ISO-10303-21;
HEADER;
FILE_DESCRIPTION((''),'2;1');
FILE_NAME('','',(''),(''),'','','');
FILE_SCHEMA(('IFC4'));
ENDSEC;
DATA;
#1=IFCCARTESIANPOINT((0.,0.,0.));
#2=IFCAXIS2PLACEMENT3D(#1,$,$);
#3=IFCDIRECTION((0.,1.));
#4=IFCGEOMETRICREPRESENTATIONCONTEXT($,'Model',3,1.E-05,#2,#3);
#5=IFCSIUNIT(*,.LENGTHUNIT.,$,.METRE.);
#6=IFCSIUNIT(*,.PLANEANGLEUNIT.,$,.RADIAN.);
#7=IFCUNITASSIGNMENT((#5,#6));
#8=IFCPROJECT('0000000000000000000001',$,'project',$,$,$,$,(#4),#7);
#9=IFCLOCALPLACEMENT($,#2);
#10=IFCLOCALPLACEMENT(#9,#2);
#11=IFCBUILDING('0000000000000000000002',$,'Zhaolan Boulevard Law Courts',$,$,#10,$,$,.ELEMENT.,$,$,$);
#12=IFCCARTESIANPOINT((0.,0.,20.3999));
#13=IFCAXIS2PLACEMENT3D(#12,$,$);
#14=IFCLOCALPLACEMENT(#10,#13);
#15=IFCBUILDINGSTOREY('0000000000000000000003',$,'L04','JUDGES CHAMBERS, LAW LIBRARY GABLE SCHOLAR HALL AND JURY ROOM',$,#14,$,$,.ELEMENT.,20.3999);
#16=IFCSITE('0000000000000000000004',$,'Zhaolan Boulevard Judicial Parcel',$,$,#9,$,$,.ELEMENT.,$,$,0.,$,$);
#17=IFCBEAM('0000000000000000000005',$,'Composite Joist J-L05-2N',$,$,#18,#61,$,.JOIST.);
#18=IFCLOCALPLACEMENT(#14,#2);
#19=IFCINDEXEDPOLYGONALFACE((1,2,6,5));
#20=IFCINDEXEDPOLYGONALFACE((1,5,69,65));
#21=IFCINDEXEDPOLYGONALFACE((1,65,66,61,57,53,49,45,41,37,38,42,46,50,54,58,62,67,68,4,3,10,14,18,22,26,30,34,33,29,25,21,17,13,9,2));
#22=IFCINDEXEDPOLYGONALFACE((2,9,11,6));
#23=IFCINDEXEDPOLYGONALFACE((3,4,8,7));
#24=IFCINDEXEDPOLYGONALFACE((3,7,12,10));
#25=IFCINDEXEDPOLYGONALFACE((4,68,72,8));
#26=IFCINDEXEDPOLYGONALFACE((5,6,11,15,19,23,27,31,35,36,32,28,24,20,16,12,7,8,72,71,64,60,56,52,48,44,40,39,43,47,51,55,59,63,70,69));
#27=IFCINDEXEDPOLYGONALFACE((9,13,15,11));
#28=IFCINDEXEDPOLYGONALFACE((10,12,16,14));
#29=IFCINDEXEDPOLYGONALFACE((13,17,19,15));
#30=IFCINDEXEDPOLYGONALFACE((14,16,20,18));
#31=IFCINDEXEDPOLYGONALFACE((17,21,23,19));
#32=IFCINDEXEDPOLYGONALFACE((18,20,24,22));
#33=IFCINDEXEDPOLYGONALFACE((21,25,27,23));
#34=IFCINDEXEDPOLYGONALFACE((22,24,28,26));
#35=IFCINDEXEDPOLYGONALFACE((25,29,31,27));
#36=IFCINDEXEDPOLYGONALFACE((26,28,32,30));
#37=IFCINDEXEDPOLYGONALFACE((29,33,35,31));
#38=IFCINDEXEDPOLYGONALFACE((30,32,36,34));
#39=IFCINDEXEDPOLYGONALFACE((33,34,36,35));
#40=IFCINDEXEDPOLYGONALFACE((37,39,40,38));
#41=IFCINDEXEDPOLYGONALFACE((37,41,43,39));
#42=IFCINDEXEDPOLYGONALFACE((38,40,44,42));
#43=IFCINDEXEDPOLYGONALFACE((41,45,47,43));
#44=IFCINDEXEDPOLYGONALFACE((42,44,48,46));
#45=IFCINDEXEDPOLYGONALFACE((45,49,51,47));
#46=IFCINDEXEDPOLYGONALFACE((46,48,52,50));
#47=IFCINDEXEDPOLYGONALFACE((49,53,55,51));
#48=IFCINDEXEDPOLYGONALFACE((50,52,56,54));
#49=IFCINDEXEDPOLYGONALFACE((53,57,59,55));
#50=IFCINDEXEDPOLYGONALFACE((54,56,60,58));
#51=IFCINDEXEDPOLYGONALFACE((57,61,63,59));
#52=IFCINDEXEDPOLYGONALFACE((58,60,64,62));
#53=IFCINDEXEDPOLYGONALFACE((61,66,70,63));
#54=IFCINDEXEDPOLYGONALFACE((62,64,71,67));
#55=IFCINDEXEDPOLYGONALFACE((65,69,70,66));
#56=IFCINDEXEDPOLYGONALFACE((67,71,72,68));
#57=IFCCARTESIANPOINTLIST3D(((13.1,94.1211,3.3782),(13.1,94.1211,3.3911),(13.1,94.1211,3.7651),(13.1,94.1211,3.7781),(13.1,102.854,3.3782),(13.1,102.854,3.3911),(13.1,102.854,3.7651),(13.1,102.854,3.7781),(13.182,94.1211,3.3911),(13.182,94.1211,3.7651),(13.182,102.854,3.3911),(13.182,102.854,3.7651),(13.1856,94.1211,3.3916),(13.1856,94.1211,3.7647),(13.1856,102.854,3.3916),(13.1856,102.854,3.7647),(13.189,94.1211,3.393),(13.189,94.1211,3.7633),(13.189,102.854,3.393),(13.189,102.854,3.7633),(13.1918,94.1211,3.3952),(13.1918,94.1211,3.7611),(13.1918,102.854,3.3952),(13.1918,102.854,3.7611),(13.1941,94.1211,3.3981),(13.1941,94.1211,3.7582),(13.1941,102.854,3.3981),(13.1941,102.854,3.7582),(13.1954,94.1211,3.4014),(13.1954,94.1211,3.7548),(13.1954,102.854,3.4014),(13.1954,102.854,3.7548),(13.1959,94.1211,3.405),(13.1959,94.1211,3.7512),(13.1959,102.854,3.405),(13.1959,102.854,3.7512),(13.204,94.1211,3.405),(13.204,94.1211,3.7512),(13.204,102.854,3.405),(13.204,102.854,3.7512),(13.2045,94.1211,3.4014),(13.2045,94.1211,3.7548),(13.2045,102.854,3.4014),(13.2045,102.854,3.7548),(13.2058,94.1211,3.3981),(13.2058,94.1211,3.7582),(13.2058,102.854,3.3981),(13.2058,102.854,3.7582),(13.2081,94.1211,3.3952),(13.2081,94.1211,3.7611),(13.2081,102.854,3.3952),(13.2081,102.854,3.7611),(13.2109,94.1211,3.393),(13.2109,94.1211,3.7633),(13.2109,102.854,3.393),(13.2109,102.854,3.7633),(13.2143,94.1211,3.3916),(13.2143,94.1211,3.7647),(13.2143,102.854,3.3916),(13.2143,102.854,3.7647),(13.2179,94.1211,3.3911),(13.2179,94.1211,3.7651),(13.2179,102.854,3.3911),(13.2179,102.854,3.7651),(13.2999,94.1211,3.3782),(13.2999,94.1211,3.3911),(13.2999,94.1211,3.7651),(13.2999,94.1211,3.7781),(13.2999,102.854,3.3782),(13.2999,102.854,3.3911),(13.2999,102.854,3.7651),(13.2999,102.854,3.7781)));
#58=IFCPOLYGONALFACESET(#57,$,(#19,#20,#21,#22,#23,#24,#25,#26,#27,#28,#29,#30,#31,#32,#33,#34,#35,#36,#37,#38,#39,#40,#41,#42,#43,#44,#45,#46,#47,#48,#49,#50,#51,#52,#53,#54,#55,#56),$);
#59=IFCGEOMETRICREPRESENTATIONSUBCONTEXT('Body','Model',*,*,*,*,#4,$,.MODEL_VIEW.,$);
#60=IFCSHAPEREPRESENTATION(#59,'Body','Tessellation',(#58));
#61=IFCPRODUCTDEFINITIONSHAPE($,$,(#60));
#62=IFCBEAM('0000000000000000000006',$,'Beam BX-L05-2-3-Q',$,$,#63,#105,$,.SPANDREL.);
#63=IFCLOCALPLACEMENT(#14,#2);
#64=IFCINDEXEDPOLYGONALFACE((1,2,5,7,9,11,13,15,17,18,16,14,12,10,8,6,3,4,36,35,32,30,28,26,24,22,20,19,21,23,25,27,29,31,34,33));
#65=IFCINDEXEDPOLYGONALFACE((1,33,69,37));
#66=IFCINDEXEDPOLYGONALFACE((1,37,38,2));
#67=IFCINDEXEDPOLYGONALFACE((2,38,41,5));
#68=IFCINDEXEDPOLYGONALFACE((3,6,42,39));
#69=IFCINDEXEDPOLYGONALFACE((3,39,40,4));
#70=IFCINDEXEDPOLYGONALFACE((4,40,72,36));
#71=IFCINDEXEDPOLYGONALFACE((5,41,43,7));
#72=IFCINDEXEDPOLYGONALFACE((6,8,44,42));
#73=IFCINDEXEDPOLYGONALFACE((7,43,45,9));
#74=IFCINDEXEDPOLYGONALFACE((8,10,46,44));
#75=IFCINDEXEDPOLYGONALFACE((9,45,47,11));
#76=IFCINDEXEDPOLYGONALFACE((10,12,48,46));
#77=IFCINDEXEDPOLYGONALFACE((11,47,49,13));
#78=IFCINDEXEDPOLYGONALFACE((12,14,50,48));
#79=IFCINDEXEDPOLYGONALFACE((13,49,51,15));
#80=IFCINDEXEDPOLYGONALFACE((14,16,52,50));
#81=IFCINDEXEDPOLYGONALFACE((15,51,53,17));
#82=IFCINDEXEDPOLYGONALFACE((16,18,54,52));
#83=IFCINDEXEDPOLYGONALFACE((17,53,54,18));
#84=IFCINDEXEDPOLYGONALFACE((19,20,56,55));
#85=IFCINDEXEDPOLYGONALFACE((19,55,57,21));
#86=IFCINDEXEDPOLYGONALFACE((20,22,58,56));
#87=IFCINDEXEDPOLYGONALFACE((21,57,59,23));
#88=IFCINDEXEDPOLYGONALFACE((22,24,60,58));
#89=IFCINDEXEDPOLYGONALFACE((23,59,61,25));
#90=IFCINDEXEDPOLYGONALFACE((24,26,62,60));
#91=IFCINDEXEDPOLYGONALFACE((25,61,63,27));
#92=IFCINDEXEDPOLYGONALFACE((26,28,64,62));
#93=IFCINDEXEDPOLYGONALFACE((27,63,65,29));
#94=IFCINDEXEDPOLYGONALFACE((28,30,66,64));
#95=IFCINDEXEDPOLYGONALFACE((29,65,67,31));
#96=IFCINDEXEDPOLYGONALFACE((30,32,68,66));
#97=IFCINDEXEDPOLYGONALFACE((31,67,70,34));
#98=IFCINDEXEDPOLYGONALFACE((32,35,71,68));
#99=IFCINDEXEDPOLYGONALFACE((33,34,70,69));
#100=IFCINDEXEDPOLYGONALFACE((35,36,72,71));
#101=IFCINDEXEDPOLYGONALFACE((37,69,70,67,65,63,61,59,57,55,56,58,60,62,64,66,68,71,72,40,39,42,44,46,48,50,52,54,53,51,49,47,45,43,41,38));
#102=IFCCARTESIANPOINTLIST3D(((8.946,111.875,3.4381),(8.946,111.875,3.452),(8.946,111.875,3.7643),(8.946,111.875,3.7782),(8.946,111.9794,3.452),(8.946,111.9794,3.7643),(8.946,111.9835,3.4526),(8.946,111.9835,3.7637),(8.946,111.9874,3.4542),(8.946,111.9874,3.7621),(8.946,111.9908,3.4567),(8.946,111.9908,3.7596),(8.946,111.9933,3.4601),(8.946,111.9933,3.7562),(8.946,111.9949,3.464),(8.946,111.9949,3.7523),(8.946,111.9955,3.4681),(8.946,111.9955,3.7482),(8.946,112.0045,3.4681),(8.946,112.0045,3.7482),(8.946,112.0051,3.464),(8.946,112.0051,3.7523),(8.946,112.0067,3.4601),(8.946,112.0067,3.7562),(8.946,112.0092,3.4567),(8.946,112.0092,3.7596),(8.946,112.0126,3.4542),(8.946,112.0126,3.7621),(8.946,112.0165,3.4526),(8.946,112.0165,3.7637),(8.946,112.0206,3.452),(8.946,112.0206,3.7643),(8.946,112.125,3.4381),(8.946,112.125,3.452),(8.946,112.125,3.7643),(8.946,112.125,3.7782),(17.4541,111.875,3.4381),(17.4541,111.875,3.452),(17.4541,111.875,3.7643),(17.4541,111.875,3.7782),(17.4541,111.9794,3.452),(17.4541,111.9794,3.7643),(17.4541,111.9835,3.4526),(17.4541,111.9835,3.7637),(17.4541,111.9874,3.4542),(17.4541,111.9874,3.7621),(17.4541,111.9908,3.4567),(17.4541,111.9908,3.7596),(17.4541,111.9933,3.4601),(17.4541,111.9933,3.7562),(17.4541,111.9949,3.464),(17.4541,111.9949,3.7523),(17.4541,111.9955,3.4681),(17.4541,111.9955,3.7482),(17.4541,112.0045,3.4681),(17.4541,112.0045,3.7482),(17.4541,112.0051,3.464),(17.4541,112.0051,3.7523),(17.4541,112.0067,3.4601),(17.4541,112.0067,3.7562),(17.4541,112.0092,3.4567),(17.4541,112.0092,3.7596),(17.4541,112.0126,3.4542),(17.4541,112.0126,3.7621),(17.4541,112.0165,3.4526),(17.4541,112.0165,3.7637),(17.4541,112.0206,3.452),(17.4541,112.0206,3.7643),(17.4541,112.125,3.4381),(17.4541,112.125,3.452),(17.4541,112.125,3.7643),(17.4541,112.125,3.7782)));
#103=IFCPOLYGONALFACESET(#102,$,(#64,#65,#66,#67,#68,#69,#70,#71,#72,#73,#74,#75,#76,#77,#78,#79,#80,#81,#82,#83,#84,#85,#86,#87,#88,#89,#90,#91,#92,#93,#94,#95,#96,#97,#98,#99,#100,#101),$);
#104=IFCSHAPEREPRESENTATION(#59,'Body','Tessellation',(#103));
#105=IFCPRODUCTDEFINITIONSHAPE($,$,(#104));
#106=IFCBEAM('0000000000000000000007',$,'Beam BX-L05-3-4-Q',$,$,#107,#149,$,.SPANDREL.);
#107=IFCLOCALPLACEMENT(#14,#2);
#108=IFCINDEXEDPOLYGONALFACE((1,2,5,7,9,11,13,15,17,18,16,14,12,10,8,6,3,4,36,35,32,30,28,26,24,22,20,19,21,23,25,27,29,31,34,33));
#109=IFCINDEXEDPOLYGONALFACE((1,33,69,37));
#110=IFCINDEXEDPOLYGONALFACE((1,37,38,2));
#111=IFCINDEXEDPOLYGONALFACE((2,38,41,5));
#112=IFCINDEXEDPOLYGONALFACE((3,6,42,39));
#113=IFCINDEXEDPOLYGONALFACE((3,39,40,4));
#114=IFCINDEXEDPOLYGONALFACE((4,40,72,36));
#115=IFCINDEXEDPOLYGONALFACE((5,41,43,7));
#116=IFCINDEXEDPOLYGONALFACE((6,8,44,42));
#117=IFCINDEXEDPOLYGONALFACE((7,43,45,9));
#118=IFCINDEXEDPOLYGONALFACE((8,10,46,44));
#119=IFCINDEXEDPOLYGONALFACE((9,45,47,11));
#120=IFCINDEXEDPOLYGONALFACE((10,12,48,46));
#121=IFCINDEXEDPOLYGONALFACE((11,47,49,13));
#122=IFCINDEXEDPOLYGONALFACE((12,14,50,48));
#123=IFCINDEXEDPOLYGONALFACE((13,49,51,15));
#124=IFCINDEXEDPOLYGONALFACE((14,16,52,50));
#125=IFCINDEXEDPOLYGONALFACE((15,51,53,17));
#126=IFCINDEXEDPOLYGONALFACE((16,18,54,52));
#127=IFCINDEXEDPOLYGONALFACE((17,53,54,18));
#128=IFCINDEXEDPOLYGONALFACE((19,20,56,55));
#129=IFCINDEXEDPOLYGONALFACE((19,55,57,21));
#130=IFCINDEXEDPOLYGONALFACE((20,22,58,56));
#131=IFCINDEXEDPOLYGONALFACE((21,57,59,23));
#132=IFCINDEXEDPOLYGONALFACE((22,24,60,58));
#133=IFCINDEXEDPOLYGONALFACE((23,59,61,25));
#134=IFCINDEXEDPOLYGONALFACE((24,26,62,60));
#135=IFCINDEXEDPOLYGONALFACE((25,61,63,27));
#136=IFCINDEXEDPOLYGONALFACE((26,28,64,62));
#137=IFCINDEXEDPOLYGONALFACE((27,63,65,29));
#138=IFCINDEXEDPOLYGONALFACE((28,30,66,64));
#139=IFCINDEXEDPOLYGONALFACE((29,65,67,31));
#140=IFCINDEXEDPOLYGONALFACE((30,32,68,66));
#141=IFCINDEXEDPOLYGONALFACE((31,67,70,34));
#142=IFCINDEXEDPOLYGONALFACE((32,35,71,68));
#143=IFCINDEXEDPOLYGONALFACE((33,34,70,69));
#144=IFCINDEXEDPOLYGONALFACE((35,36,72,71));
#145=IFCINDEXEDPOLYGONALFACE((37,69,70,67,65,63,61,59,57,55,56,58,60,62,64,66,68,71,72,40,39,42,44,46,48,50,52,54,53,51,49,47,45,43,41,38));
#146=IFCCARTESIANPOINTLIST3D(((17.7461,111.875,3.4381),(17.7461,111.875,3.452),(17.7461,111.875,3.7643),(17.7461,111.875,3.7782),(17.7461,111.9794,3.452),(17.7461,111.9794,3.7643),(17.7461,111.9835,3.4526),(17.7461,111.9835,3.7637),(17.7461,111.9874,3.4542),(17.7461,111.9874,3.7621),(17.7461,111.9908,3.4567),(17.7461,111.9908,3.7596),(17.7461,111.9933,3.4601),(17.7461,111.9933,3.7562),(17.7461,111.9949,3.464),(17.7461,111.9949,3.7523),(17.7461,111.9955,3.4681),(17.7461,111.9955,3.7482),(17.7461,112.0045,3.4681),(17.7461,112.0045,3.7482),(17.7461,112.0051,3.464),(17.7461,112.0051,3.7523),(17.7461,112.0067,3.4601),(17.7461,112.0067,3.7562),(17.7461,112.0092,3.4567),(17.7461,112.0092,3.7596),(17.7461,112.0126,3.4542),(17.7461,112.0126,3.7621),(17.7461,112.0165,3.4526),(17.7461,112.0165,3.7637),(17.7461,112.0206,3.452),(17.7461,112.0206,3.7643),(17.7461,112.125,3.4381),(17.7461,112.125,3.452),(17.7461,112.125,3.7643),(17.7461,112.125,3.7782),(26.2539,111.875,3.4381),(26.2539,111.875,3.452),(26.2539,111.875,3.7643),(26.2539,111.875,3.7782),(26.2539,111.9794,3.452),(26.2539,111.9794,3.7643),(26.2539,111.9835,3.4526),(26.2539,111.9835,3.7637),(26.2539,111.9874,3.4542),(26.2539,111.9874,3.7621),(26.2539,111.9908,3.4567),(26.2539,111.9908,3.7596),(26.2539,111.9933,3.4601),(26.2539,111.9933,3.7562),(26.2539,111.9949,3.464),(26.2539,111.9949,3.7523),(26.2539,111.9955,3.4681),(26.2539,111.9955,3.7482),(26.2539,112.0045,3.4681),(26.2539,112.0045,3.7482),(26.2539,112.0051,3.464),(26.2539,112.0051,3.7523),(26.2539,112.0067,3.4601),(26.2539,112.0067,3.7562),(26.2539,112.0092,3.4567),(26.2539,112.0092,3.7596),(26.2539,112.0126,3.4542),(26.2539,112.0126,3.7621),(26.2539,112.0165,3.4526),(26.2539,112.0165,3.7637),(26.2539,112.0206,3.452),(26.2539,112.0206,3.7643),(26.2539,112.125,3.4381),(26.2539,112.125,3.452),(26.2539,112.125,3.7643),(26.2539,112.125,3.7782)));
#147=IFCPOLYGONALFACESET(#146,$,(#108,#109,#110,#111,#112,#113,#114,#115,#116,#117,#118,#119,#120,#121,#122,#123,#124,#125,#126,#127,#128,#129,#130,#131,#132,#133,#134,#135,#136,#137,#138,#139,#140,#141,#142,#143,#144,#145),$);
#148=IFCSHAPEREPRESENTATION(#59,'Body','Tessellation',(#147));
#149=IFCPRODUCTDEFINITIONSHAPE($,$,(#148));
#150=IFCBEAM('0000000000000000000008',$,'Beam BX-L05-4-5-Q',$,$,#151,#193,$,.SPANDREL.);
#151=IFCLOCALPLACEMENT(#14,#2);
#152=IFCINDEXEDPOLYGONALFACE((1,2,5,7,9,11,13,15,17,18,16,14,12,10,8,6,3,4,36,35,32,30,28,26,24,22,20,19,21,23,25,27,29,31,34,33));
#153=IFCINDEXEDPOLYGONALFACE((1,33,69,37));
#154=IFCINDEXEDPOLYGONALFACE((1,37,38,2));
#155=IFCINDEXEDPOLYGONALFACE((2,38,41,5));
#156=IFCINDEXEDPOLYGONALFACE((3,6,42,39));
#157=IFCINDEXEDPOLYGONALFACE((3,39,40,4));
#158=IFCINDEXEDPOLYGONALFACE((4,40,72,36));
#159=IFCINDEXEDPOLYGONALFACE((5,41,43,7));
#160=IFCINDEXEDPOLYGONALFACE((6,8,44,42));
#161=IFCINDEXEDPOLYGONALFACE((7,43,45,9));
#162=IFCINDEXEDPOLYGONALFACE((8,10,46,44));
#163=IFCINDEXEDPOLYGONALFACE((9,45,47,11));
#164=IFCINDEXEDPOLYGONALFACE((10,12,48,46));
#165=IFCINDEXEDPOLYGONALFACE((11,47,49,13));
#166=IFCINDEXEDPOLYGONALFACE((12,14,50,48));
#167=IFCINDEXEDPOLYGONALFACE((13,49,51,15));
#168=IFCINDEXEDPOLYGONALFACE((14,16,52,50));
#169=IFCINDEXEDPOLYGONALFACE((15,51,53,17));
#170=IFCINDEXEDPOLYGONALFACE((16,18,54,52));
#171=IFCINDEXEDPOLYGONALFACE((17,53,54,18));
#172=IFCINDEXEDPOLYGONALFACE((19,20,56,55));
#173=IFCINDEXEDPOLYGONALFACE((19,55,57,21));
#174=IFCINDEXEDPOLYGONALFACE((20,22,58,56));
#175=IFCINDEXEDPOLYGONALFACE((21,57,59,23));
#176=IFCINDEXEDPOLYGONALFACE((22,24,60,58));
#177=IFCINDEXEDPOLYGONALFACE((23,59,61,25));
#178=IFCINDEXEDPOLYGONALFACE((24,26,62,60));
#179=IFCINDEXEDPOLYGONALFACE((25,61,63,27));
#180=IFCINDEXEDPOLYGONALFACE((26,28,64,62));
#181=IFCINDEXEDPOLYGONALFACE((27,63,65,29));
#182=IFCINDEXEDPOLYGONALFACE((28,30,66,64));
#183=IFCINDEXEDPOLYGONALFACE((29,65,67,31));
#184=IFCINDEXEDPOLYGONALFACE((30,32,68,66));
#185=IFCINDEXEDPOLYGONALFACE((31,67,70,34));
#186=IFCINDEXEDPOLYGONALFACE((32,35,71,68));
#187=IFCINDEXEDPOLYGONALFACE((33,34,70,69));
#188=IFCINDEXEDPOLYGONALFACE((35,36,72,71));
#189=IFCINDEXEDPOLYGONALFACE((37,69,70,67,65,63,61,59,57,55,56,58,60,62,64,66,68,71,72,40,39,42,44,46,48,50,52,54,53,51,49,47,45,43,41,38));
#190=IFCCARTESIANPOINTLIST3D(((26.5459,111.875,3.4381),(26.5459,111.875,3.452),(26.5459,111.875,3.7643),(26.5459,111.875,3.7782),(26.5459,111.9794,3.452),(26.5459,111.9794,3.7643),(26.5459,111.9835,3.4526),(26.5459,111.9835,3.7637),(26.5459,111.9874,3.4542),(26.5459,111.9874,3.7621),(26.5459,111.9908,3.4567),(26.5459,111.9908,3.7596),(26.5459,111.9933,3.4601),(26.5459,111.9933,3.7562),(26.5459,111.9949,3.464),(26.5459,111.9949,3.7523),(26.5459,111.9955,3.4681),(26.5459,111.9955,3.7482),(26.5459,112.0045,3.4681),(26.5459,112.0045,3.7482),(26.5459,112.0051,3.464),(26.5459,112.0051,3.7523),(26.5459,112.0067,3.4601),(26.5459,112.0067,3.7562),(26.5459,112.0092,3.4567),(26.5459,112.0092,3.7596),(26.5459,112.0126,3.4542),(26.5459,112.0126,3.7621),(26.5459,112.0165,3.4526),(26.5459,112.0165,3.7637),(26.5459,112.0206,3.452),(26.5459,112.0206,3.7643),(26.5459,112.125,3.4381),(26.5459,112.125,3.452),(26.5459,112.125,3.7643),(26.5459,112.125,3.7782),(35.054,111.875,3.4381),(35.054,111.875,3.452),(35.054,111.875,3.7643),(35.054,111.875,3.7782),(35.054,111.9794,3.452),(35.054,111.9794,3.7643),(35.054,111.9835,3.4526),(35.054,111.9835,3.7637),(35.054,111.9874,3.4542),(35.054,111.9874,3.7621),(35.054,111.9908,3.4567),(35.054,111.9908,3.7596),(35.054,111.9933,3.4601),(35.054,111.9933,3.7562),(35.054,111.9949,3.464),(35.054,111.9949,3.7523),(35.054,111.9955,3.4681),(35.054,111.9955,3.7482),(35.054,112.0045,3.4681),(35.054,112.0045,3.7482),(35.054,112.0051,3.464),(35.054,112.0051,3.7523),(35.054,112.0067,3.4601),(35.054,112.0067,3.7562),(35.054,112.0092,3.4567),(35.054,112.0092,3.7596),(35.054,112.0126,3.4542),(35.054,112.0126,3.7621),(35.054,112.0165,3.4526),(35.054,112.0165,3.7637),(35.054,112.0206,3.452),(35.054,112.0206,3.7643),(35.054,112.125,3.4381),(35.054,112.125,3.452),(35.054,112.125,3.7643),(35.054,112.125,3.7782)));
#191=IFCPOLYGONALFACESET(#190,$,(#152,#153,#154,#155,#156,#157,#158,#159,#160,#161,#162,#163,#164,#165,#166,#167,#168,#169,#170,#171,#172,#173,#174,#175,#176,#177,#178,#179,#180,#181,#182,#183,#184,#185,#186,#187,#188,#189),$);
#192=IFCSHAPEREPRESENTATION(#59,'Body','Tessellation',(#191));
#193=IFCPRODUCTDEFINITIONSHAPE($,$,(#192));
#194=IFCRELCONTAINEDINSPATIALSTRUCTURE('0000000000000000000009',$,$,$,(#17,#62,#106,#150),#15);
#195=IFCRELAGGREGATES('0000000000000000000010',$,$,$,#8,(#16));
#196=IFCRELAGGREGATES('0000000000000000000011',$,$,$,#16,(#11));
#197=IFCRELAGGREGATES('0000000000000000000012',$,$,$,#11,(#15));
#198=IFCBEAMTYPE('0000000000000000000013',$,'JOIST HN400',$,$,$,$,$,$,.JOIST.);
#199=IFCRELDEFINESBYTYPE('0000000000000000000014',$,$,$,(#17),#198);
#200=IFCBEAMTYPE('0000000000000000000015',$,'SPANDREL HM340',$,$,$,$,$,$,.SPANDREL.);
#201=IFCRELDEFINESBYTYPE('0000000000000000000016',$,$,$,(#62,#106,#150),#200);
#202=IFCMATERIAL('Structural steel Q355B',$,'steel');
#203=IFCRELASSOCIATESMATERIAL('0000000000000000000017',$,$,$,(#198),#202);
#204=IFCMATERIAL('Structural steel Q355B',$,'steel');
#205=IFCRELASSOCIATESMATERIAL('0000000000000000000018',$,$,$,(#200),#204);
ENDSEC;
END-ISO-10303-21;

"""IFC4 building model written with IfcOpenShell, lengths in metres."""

from ifc_helpers import new_model, si_unit, direction, frame, origin, origin_2d, place, context, subcontext, project, spatial, i_section, extrude, material, material_profile, profile_set, type_object, element, save


model = new_model("IFC4")

# Units and contexts
model_context = context("Model", 3, precision=1e-05, world=origin(), true_north=direction((0.0, 1.0)))
body_context = subcontext(model_context, "Body", "Model", "MODEL_VIEW")
ifc_project = project(units=[si_unit("LENGTHUNIT", "METRE"), si_unit("PLANEANGLEUNIT", "RADIAN")], contexts=[model_context])

# Site, building, storey
site_placement = place(None, origin())
site = spatial("IfcSite", under=ifc_project, at=site_placement, Name="Zhaolan Boulevard Judicial Parcel", CompositionType="ELEMENT", RefElevation=0.0)
building_placement = place(site_placement, origin())
building = spatial("IfcBuilding", under=site, at=building_placement, Name="Zhaolan Boulevard Law Courts", CompositionType="ELEMENT")
storey_placement = place(building_placement, frame((0.0, 0.0, 20.3999)))
storey = spatial("IfcBuildingStorey", under=building, at=storey_placement, Name="L04", Description="JUDGES CHAMBERS, LAW LIBRARY GABLE SCHOLAR HALL AND JURY ROOM", CompositionType="ELEMENT", Elevation=20.3999)

# Beams
ifc_material_1 = material(Name="Structural steel Q355B", Category="steel")
ifc_material_profile_1 = material_profile(ifc_material_1, i_section(OverallWidth=0.2, OverallDepth=0.3999, WebThickness=0.0081, FlangeThickness=0.0129, FilletRadius=0.0139, at=origin_2d()), Name="HN400x200")
ifc_profile_set_1 = profile_set([ifc_material_profile_1], Name="Structural steel Q355B")
beam_type_1 = type_object("IfcBeamType", Name="JOIST HN400", PredefinedType="JOIST", material=ifc_profile_set_1)
for number, where, z_axis, x_axis, name in (
    (1, (13.2, 94.1211, 3.5781), (0.0, 1.0, 0.0), (-1.0, 0.0, 0.0), "Composite Joist J-L05-2N"),
):
    element("IfcBeam", number, at=place(storey_placement, frame(where, z_axis=z_axis, x_axis=x_axis)), inside=storey, type_object=beam_type_1, Name=name, PredefinedType="JOIST", context=body_context, shape_type="SweptSolid", body=[
        extrude(i_section(OverallWidth=0.2, OverallDepth=0.3999, WebThickness=0.0081, FlangeThickness=0.0129, FilletRadius=0.0139, at=origin_2d()), origin(), (0.0, 0.0, 1.0), 8.7329),
    ])
ifc_material_2 = material(Name="Structural steel Q355B", Category="steel")
ifc_material_profile_2 = material_profile(ifc_material_2, i_section(OverallWidth=0.25, OverallDepth=0.3401, WebThickness=0.009, FlangeThickness=0.0139, FilletRadius=0.0161, at=origin_2d()), Name="HM340x250")
ifc_profile_set_2 = profile_set([ifc_material_profile_2], Name="Structural steel Q355B")
beam_type_2 = type_object("IfcBeamType", Name="SPANDREL HM340", PredefinedType="SPANDREL", material=ifc_profile_set_2)
beam_1_placement = place(storey_placement, frame((8.946, 112.0, 3.6082), z_axis=(1.0, 0.0, 0.0), x_axis=(0.0, 1.0, 0.0)))
element("IfcBeam", 2, at=beam_1_placement, inside=storey, type_object=beam_type_2, Name="Beam BX-L05-2-3-Q", PredefinedType="SPANDREL", context=body_context, shape_type="SweptSolid", body=[
    extrude(i_section(OverallWidth=0.25, OverallDepth=0.3401, WebThickness=0.009, FlangeThickness=0.0139, FilletRadius=0.0161, at=origin_2d()), origin(), (0.0, 0.0, 1.0), 8.5081),
])
beam_2_placement = place(storey_placement, frame((17.7461, 112.0, 3.6082), z_axis=(1.0, 0.0, 0.0), x_axis=(0.0, 1.0, 0.0)))
element("IfcBeam", 3, at=beam_2_placement, inside=storey, type_object=beam_type_2, Name="Beam BX-L05-3-4-Q", PredefinedType="SPANDREL", context=body_context, shape_type="SweptSolid", body=[
    extrude(i_section(OverallWidth=0.25, OverallDepth=0.3401, WebThickness=0.009, FlangeThickness=0.0139, FilletRadius=0.0161, at=origin_2d()), origin(), (0.0, 0.0, 1.0), 8.5078),
])
beam_3_placement = place(storey_placement, frame((26.5459, 112.0, 3.6082), z_axis=(1.0, 0.0, 0.0), x_axis=(0.0, 1.0, 0.0)))
element("IfcBeam", 4, at=beam_3_placement, inside=storey, type_object=beam_type_2, Name="Beam BX-L05-4-5-Q", PredefinedType="SPANDREL", context=body_context, shape_type="SweptSolid", body=[
    extrude(i_section(OverallWidth=0.25, OverallDepth=0.3401, WebThickness=0.009, FlangeThickness=0.0139, FilletRadius=0.0161, at=origin_2d()), origin(), (0.0, 0.0, 1.0), 8.5081),
])

save(model, "model.ifc")
